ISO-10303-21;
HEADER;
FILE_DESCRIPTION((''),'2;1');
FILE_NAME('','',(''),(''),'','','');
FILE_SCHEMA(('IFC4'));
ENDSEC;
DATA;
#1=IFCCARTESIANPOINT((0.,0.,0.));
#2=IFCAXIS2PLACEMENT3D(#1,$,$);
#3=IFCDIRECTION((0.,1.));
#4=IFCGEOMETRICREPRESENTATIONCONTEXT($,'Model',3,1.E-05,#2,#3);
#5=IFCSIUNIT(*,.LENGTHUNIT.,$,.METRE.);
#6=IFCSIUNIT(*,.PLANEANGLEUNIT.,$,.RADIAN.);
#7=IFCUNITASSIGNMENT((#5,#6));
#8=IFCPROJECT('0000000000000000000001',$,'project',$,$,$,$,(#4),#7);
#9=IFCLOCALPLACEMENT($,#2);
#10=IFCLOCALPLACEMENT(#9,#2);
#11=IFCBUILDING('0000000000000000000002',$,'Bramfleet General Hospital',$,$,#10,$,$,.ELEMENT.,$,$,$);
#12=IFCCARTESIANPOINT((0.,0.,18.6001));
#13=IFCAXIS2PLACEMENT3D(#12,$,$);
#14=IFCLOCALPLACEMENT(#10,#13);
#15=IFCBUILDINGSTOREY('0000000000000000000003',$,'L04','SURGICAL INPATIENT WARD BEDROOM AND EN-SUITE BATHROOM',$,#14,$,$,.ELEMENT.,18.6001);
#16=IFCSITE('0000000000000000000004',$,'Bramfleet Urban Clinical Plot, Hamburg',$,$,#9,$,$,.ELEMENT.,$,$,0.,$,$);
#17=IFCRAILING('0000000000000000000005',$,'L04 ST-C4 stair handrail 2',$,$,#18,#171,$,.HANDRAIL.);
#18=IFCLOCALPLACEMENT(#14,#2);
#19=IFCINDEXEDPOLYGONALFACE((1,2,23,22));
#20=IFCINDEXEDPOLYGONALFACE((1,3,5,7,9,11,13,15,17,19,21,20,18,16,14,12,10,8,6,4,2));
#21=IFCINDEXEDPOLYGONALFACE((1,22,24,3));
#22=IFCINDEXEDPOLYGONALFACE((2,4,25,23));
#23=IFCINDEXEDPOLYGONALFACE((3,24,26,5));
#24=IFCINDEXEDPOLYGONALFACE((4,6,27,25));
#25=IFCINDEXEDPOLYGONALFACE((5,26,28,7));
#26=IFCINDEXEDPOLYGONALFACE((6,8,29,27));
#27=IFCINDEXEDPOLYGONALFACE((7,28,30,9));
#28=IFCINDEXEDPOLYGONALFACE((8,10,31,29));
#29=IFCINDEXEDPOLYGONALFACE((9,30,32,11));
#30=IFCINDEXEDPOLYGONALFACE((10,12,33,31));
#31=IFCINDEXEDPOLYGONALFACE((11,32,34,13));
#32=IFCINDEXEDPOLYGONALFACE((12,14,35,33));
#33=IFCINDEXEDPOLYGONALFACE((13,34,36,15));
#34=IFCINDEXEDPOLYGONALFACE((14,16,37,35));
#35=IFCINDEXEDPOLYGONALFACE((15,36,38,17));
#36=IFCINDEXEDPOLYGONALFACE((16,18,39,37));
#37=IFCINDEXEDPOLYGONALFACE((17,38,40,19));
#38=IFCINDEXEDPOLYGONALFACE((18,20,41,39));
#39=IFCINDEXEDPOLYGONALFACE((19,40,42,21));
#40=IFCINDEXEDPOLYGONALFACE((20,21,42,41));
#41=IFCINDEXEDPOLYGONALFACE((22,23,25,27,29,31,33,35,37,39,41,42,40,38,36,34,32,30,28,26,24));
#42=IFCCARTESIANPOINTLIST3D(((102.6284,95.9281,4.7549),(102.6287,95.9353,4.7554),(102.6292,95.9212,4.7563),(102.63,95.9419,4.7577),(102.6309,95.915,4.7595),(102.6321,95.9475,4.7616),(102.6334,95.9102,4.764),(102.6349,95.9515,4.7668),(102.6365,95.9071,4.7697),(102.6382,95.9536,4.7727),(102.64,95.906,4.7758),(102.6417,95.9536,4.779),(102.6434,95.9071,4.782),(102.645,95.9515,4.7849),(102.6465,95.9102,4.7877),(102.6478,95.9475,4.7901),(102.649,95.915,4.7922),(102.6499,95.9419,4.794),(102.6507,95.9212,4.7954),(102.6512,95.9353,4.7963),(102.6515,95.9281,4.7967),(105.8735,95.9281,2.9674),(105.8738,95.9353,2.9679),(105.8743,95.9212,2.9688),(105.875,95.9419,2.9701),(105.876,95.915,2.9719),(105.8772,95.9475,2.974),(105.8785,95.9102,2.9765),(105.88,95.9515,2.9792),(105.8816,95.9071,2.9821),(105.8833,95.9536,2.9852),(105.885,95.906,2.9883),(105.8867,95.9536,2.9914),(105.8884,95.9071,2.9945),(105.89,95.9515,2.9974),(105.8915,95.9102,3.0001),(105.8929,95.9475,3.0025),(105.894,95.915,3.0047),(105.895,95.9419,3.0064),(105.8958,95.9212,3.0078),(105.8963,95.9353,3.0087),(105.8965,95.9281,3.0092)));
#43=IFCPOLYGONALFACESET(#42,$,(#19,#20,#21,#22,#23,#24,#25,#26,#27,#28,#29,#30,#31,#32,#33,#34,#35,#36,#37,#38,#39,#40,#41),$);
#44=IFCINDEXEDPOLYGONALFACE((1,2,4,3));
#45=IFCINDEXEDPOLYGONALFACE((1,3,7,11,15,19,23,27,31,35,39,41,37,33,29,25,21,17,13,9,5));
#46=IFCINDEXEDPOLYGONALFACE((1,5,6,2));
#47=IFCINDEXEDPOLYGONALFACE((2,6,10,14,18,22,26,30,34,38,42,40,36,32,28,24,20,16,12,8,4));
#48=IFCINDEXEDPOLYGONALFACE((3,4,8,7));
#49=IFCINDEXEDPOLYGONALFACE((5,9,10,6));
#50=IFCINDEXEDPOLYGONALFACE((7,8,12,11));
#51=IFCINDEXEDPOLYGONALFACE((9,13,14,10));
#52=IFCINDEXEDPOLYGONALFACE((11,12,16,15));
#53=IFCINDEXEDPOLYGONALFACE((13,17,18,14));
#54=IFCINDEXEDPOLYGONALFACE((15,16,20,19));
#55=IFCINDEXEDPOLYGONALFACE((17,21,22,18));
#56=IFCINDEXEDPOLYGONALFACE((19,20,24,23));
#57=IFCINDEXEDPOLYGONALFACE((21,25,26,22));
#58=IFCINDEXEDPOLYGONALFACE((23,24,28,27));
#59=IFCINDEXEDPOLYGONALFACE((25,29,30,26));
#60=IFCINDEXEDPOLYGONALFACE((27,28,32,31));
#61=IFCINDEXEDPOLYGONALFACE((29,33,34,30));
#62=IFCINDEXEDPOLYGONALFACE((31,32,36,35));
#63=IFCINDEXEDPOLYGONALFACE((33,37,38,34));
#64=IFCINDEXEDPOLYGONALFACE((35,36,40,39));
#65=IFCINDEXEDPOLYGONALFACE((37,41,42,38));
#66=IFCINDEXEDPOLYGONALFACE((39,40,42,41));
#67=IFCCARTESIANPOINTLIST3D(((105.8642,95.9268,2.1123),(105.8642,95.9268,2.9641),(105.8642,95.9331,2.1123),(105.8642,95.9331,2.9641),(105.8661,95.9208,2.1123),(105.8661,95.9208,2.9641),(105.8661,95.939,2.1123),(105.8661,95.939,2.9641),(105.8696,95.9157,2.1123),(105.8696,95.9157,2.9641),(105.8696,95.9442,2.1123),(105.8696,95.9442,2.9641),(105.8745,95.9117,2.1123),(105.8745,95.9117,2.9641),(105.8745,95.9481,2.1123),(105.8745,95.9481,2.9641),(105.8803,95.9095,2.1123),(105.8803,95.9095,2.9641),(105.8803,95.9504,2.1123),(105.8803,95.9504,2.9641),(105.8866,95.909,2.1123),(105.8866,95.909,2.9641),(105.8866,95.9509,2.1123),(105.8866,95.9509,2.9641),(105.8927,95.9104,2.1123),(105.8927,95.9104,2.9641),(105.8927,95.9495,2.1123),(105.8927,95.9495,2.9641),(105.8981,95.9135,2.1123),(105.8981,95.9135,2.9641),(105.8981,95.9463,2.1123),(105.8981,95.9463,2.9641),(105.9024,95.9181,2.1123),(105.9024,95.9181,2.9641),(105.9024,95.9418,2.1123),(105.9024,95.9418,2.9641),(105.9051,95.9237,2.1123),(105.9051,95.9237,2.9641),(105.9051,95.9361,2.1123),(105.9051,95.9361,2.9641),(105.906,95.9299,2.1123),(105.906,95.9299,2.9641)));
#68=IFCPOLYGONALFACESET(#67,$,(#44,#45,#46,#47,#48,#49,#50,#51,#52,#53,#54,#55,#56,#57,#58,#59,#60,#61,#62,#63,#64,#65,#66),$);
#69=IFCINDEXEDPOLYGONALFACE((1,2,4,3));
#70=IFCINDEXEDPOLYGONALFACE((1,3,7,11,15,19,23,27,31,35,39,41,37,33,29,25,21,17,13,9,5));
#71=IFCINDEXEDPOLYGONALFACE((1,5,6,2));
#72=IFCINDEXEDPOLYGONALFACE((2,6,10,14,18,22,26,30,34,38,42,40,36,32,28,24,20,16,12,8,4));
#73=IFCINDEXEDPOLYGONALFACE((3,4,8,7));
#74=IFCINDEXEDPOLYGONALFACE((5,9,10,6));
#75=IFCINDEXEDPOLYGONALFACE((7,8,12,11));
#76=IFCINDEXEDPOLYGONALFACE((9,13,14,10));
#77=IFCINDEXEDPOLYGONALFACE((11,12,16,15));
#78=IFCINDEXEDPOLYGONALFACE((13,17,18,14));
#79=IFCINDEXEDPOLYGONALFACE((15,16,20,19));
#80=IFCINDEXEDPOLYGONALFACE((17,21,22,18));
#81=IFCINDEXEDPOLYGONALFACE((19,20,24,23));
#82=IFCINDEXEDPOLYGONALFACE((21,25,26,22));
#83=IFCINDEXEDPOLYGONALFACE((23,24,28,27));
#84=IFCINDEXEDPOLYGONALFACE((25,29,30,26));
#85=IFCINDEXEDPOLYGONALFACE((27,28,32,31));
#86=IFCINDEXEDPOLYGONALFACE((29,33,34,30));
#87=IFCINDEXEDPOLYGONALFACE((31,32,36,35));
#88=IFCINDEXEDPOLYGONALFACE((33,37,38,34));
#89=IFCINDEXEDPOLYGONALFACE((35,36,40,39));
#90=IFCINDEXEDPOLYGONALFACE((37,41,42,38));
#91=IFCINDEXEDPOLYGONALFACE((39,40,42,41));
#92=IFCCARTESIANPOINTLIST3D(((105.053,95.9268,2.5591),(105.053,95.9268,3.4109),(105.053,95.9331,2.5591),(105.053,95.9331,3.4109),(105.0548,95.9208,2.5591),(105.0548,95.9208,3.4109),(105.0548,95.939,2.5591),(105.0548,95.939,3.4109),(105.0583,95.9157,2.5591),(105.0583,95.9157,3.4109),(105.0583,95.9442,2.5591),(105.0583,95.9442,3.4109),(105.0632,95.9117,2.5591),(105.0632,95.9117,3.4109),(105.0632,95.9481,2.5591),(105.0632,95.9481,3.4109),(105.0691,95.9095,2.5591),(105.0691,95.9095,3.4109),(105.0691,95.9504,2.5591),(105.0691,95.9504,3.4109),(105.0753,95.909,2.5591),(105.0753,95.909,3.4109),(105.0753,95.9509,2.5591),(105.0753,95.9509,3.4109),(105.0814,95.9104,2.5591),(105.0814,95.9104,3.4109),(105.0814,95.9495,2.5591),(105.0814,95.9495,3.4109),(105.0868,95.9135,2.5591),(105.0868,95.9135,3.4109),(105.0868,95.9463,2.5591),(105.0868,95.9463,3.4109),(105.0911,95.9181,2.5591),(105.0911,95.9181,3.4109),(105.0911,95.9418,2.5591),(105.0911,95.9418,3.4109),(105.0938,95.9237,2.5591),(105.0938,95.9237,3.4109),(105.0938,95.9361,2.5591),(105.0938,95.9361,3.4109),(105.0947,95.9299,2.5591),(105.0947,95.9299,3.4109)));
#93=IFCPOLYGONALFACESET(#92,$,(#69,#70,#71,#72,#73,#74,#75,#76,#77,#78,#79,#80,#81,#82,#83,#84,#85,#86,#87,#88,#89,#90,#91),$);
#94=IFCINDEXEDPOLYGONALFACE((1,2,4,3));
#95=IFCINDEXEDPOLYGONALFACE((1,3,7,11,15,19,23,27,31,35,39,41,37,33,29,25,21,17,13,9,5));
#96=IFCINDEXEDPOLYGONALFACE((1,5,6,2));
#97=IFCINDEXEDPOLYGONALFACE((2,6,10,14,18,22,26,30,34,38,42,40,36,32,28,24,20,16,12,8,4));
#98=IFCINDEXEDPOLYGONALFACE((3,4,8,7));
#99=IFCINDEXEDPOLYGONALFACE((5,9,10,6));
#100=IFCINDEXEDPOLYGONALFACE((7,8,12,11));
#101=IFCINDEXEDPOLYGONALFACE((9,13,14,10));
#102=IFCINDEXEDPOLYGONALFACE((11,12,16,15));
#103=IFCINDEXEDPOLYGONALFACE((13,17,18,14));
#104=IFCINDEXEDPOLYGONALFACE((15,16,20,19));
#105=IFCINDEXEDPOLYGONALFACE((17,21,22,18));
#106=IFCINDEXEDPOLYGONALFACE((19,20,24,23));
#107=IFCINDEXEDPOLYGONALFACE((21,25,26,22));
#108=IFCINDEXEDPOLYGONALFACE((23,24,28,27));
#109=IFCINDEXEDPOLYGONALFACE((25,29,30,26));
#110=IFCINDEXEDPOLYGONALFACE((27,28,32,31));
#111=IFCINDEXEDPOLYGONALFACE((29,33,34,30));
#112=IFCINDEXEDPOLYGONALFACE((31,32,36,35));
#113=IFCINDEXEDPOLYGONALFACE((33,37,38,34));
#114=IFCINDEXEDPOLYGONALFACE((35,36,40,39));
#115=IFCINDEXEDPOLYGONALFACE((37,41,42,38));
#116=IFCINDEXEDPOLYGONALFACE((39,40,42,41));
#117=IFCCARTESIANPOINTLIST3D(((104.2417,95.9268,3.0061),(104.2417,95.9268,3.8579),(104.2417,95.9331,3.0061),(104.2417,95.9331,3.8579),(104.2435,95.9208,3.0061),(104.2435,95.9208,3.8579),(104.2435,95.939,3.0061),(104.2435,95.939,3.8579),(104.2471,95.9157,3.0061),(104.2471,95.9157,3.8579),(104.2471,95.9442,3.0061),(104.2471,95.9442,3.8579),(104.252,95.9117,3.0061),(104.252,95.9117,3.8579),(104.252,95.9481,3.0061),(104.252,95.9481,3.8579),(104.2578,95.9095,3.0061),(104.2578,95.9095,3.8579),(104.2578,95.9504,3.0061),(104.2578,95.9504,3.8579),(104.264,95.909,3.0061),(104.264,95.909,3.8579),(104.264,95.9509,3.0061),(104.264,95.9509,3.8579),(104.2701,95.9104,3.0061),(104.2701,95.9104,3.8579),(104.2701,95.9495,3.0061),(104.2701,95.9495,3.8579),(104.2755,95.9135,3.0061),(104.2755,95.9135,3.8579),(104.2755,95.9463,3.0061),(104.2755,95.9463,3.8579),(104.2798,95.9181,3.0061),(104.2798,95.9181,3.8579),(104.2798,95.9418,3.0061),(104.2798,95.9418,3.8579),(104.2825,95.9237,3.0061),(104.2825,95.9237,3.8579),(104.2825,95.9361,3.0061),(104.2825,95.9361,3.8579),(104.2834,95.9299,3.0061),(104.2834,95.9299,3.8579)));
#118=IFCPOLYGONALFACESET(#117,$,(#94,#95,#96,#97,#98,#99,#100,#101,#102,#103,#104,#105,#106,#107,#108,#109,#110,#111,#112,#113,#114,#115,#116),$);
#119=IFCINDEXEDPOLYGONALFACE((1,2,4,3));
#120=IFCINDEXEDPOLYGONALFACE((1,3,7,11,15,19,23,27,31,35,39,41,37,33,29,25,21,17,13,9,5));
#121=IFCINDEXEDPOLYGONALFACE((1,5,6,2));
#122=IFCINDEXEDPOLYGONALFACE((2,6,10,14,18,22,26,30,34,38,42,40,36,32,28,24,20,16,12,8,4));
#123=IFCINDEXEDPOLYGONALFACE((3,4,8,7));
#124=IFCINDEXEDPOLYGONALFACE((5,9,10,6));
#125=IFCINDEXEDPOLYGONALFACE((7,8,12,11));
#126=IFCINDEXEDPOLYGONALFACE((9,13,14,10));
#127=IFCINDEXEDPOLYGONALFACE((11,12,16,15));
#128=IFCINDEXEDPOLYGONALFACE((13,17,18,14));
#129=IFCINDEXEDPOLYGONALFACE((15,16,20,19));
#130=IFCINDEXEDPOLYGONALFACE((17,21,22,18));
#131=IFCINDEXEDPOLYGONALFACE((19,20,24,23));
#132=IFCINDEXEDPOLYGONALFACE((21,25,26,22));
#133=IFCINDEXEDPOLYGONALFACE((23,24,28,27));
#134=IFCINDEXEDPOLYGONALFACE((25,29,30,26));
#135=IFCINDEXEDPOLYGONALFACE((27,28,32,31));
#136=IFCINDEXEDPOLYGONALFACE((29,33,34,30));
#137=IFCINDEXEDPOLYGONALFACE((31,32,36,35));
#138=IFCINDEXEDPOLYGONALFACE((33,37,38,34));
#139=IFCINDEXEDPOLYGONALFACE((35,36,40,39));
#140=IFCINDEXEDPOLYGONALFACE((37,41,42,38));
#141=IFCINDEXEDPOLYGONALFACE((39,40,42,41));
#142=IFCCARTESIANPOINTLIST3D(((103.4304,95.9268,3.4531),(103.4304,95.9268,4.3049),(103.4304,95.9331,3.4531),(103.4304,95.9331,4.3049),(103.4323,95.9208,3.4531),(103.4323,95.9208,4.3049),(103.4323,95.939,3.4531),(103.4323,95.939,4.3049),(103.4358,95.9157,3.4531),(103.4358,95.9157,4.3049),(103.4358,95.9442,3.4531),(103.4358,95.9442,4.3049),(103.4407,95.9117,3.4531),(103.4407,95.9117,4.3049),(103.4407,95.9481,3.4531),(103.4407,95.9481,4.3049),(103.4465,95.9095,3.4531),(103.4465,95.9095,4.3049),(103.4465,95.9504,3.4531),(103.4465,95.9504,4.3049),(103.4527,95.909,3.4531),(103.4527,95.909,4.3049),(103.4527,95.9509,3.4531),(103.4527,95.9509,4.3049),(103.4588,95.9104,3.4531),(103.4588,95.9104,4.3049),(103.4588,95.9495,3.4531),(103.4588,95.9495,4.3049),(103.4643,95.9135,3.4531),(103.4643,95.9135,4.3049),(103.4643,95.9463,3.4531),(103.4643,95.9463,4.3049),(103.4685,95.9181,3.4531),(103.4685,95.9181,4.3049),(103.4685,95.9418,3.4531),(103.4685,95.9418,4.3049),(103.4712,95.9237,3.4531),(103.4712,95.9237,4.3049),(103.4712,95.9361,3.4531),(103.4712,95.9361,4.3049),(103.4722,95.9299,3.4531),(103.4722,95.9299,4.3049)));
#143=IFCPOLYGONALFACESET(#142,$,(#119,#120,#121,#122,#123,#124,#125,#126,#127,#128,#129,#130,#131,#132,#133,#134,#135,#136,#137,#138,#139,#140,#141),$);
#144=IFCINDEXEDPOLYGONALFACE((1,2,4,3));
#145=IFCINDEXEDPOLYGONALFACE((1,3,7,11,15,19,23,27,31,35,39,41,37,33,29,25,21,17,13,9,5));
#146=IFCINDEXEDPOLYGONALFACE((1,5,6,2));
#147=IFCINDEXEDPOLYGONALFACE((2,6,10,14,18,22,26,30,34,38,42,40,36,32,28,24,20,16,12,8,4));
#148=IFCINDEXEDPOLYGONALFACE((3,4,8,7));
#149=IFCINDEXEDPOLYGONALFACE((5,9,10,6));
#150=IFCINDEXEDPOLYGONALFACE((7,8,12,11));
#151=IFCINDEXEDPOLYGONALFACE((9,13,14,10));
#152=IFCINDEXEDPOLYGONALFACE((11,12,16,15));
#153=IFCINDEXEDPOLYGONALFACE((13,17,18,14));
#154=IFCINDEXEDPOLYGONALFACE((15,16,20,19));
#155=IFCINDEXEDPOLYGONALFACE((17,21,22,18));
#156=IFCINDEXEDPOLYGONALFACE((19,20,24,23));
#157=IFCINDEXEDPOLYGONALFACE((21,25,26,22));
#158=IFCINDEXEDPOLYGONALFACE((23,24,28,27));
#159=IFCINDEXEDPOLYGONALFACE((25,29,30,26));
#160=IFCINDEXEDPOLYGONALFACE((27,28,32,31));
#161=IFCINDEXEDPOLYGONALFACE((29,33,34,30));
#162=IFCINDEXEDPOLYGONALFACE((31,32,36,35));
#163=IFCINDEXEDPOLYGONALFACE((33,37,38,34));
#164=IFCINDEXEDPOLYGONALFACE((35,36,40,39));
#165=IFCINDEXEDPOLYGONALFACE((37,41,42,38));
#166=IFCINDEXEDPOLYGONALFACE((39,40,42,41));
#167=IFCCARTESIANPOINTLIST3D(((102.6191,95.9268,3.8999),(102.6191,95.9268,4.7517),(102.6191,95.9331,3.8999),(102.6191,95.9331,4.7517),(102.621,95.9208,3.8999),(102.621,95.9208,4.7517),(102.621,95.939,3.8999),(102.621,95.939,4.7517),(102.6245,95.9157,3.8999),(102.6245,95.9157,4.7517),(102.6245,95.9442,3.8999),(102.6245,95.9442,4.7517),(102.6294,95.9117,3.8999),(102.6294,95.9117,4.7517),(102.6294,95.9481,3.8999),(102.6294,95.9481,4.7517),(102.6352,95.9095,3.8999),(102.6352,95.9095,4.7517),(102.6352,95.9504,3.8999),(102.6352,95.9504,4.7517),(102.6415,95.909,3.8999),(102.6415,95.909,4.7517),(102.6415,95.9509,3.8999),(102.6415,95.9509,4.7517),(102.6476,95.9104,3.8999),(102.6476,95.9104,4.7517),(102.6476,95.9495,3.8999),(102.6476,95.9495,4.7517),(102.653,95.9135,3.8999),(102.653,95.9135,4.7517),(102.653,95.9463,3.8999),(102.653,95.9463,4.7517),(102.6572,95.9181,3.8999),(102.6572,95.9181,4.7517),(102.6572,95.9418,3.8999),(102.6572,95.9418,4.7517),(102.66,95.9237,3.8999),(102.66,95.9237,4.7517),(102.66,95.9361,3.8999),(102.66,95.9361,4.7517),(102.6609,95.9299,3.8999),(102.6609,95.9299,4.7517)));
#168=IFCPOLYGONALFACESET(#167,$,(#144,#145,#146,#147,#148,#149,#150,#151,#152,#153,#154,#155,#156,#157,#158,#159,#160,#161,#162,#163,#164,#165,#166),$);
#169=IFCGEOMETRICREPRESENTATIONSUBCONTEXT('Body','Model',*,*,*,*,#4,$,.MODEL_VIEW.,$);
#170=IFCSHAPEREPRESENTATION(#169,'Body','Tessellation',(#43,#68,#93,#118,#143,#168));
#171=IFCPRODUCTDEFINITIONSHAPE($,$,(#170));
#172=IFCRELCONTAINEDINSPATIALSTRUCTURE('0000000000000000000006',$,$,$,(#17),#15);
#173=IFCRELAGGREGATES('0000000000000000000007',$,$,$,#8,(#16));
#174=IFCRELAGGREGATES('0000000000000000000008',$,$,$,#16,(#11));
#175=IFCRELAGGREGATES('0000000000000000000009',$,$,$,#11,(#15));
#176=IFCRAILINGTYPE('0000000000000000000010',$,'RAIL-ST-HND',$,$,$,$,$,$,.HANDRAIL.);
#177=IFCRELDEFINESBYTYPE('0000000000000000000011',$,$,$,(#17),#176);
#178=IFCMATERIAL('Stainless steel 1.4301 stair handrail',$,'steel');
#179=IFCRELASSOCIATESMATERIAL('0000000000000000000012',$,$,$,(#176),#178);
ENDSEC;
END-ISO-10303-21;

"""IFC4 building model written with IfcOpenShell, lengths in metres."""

from ifc_helpers import new_model, si_unit, direction, frame, origin, origin_2d, place, context, subcontext, project, spatial, circle, extrude, material, type_object, element, save


model = new_model("IFC4")

# Units and contexts
model_context = context("Model", 3, precision=1e-05, world=origin(), true_north=direction((0.0, 1.0)))
body_context = subcontext(model_context, "Body", "Model", "MODEL_VIEW")
ifc_project = project(units=[si_unit("LENGTHUNIT", "METRE"), si_unit("PLANEANGLEUNIT", "RADIAN")], contexts=[model_context])

# Site, building, storey
site_placement = place(None, origin())
site = spatial("IfcSite", under=ifc_project, at=site_placement, Name="Bramfleet Urban Clinical Plot, Hamburg", CompositionType="ELEMENT", RefElevation=0.0)
building_placement = place(site_placement, origin())
building = spatial("IfcBuilding", under=site, at=building_placement, Name="Bramfleet General Hospital", CompositionType="ELEMENT")
storey_placement = place(building_placement, frame((0.0, 0.0, 18.6001)))
storey = spatial("IfcBuildingStorey", under=building, at=storey_placement, Name="L04", Description="SURGICAL INPATIENT WARD BEDROOM AND EN-SUITE BATHROOM", CompositionType="ELEMENT", Elevation=18.6001)

# Railing
ifc_material_1 = material(Name="Stainless steel 1.4301 stair handrail", Category="steel")
railing_type_1 = type_object("IfcRailingType", Name="RAIL-ST-HND", PredefinedType="HANDRAIL", material=ifc_material_1)
railing_1_placement = place(storey_placement, frame((105.885, 95.9299, 2.1123)))
element("IfcRailing", 1, at=railing_1_placement, inside=storey, type_object=railing_type_1, Name="L04 ST-C4 stair handrail 2", PredefinedType="HANDRAIL", context=body_context, shape_type="SweptSolid", body=[
    extrude(circle(Radius=0.0239, at=origin_2d()), frame((0.0, 0.0, 0.876), z_axis=(-0.875899, 0.0, 0.482495), x_axis=(0.0, -1.0, 0.0)), (0.0, 0.0, 1.0), 3.7048),
    extrude(circle(Radius=0.021, at=origin_2d()), origin(), (0.0, 0.0, 1.0), 0.8518),
    extrude(circle(Radius=0.021, at=origin_2d()), frame((-0.8113, 0.0, 0.4468)), (0.0, 0.0, 1.0), 0.8518),
    extrude(circle(Radius=0.021, at=origin_2d()), frame((-1.6226, 0.0, 0.8938)), (0.0, 0.0, 1.0), 0.8518),
    extrude(circle(Radius=0.021, at=origin_2d()), frame((-2.4338, 0.0, 1.3408)), (0.0, 0.0, 1.0), 0.8518),
    extrude(circle(Radius=0.021, at=origin_2d()), frame((-3.2451, 0.0, 1.7876)), (0.0, 0.0, 1.0), 0.8518),
])

save(model, "model.ifc")
